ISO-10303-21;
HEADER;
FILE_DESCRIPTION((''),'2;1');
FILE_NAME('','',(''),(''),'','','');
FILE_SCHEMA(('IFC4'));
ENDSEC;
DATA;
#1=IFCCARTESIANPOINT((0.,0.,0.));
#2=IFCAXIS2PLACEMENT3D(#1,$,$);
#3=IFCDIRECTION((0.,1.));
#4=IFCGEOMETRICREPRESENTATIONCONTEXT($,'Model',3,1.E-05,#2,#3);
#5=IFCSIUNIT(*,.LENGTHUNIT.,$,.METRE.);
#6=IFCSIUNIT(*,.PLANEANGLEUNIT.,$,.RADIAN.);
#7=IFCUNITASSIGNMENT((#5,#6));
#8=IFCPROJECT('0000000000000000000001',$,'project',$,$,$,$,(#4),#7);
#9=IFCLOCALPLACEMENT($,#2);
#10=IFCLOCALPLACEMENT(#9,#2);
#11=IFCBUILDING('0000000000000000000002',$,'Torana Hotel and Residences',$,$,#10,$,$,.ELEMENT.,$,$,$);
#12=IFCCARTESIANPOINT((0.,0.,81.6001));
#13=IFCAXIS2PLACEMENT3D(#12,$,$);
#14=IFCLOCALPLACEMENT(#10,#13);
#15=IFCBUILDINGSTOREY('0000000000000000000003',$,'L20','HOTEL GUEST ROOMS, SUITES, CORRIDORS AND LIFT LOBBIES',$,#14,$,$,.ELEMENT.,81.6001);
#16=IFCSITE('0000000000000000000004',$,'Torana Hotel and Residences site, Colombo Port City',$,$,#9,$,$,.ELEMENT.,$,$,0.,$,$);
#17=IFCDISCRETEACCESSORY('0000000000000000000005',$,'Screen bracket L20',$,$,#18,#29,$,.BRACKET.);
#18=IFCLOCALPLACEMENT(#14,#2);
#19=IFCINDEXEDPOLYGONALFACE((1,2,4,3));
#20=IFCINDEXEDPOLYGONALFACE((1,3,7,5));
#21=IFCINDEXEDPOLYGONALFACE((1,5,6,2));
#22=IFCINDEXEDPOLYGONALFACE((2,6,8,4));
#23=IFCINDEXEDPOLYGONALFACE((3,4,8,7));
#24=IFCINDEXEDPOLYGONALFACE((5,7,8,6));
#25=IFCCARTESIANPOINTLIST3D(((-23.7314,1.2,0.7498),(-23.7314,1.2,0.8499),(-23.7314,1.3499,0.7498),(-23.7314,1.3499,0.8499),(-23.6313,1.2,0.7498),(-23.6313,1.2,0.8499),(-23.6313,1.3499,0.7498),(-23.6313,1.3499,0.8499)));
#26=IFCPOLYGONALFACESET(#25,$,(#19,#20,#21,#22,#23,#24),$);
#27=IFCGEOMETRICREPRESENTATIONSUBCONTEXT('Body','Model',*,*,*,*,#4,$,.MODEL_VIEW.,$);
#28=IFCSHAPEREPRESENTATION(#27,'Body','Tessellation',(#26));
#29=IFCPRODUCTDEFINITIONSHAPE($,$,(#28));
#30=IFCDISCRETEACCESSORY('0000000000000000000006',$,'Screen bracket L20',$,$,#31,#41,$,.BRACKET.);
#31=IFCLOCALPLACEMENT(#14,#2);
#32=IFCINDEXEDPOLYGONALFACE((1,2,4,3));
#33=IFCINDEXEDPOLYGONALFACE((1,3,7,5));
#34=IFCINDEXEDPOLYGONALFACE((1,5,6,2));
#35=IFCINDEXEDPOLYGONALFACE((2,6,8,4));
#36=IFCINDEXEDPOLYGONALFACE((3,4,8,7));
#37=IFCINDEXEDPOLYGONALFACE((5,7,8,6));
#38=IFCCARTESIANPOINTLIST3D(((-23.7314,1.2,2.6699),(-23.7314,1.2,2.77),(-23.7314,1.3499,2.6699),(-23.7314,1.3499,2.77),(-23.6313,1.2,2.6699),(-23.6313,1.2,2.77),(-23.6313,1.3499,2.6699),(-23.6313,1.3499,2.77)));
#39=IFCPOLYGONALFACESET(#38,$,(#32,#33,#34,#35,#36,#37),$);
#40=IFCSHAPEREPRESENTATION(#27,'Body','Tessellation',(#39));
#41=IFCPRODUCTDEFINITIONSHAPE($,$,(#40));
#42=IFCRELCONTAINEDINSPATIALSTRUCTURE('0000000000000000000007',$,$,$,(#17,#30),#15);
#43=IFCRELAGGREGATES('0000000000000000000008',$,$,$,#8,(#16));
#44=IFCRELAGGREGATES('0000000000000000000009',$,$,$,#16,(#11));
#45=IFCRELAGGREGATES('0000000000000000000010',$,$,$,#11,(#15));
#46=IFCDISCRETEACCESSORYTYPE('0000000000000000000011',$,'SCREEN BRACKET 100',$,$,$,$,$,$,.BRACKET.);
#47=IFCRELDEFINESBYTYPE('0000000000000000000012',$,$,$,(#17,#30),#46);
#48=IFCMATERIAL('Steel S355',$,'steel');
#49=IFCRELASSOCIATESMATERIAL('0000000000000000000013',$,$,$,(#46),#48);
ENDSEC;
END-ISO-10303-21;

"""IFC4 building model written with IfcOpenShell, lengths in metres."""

from ifc_helpers import new_model, si_unit, direction, frame, origin, origin_2d, place, context, subcontext, project, spatial, rectangle, extrude, material, type_object, element, save


model = new_model("IFC4")

# Units and contexts
model_context = context("Model", 3, precision=1e-05, world=origin(), true_north=direction((0.0, 1.0)))
body_context = subcontext(model_context, "Body", "Model", "MODEL_VIEW")
ifc_project = project(units=[si_unit("LENGTHUNIT", "METRE"), si_unit("PLANEANGLEUNIT", "RADIAN")], contexts=[model_context])

# Site, building, storey
site_placement = place(None, origin())
site = spatial("IfcSite", under=ifc_project, at=site_placement, Name="Torana Hotel and Residences site, Colombo Port City", CompositionType="ELEMENT", RefElevation=0.0)
building_placement = place(site_placement, origin())
building = spatial("IfcBuilding", under=site, at=building_placement, Name="Torana Hotel and Residences", CompositionType="ELEMENT")
storey_placement = place(building_placement, frame((0.0, 0.0, 81.6001)))
storey = spatial("IfcBuildingStorey", under=building, at=storey_placement, Name="L20", Description="HOTEL GUEST ROOMS, SUITES, CORRIDORS AND LIFT LOBBIES", CompositionType="ELEMENT", Elevation=81.6001)

# Discrete accessories
ifc_material_1 = material(Name="Steel S355", Category="steel")
discrete_accessory_type = type_object("IfcDiscreteAccessoryType", Name="SCREEN BRACKET 100", PredefinedType="BRACKET", material=ifc_material_1)
for number, where, z_axis, x_axis, name in (
    (1, (-23.6814, 1.2749, 0.7498), (0.0, 0.0, 1.0), (-1.0, 0.0, 0.0), "Screen bracket L20"),
    (2, (-23.6814, 1.2749, 2.6699), (0.0, 0.0, 1.0), (-1.0, 0.0, 0.0), "Screen bracket L20"),
):
    element("IfcDiscreteAccessory", number, at=place(storey_placement, frame(where, z_axis=z_axis, x_axis=x_axis)), inside=storey, type_object=discrete_accessory_type, Name=name, PredefinedType="BRACKET", context=body_context, shape_type="SweptSolid", body=[
        extrude(rectangle(XDim=0.1001, YDim=0.1499, at=origin_2d()), origin(), (0.0, 0.0, 1.0), 0.1001),
    ])

save(model, "model.ifc")
